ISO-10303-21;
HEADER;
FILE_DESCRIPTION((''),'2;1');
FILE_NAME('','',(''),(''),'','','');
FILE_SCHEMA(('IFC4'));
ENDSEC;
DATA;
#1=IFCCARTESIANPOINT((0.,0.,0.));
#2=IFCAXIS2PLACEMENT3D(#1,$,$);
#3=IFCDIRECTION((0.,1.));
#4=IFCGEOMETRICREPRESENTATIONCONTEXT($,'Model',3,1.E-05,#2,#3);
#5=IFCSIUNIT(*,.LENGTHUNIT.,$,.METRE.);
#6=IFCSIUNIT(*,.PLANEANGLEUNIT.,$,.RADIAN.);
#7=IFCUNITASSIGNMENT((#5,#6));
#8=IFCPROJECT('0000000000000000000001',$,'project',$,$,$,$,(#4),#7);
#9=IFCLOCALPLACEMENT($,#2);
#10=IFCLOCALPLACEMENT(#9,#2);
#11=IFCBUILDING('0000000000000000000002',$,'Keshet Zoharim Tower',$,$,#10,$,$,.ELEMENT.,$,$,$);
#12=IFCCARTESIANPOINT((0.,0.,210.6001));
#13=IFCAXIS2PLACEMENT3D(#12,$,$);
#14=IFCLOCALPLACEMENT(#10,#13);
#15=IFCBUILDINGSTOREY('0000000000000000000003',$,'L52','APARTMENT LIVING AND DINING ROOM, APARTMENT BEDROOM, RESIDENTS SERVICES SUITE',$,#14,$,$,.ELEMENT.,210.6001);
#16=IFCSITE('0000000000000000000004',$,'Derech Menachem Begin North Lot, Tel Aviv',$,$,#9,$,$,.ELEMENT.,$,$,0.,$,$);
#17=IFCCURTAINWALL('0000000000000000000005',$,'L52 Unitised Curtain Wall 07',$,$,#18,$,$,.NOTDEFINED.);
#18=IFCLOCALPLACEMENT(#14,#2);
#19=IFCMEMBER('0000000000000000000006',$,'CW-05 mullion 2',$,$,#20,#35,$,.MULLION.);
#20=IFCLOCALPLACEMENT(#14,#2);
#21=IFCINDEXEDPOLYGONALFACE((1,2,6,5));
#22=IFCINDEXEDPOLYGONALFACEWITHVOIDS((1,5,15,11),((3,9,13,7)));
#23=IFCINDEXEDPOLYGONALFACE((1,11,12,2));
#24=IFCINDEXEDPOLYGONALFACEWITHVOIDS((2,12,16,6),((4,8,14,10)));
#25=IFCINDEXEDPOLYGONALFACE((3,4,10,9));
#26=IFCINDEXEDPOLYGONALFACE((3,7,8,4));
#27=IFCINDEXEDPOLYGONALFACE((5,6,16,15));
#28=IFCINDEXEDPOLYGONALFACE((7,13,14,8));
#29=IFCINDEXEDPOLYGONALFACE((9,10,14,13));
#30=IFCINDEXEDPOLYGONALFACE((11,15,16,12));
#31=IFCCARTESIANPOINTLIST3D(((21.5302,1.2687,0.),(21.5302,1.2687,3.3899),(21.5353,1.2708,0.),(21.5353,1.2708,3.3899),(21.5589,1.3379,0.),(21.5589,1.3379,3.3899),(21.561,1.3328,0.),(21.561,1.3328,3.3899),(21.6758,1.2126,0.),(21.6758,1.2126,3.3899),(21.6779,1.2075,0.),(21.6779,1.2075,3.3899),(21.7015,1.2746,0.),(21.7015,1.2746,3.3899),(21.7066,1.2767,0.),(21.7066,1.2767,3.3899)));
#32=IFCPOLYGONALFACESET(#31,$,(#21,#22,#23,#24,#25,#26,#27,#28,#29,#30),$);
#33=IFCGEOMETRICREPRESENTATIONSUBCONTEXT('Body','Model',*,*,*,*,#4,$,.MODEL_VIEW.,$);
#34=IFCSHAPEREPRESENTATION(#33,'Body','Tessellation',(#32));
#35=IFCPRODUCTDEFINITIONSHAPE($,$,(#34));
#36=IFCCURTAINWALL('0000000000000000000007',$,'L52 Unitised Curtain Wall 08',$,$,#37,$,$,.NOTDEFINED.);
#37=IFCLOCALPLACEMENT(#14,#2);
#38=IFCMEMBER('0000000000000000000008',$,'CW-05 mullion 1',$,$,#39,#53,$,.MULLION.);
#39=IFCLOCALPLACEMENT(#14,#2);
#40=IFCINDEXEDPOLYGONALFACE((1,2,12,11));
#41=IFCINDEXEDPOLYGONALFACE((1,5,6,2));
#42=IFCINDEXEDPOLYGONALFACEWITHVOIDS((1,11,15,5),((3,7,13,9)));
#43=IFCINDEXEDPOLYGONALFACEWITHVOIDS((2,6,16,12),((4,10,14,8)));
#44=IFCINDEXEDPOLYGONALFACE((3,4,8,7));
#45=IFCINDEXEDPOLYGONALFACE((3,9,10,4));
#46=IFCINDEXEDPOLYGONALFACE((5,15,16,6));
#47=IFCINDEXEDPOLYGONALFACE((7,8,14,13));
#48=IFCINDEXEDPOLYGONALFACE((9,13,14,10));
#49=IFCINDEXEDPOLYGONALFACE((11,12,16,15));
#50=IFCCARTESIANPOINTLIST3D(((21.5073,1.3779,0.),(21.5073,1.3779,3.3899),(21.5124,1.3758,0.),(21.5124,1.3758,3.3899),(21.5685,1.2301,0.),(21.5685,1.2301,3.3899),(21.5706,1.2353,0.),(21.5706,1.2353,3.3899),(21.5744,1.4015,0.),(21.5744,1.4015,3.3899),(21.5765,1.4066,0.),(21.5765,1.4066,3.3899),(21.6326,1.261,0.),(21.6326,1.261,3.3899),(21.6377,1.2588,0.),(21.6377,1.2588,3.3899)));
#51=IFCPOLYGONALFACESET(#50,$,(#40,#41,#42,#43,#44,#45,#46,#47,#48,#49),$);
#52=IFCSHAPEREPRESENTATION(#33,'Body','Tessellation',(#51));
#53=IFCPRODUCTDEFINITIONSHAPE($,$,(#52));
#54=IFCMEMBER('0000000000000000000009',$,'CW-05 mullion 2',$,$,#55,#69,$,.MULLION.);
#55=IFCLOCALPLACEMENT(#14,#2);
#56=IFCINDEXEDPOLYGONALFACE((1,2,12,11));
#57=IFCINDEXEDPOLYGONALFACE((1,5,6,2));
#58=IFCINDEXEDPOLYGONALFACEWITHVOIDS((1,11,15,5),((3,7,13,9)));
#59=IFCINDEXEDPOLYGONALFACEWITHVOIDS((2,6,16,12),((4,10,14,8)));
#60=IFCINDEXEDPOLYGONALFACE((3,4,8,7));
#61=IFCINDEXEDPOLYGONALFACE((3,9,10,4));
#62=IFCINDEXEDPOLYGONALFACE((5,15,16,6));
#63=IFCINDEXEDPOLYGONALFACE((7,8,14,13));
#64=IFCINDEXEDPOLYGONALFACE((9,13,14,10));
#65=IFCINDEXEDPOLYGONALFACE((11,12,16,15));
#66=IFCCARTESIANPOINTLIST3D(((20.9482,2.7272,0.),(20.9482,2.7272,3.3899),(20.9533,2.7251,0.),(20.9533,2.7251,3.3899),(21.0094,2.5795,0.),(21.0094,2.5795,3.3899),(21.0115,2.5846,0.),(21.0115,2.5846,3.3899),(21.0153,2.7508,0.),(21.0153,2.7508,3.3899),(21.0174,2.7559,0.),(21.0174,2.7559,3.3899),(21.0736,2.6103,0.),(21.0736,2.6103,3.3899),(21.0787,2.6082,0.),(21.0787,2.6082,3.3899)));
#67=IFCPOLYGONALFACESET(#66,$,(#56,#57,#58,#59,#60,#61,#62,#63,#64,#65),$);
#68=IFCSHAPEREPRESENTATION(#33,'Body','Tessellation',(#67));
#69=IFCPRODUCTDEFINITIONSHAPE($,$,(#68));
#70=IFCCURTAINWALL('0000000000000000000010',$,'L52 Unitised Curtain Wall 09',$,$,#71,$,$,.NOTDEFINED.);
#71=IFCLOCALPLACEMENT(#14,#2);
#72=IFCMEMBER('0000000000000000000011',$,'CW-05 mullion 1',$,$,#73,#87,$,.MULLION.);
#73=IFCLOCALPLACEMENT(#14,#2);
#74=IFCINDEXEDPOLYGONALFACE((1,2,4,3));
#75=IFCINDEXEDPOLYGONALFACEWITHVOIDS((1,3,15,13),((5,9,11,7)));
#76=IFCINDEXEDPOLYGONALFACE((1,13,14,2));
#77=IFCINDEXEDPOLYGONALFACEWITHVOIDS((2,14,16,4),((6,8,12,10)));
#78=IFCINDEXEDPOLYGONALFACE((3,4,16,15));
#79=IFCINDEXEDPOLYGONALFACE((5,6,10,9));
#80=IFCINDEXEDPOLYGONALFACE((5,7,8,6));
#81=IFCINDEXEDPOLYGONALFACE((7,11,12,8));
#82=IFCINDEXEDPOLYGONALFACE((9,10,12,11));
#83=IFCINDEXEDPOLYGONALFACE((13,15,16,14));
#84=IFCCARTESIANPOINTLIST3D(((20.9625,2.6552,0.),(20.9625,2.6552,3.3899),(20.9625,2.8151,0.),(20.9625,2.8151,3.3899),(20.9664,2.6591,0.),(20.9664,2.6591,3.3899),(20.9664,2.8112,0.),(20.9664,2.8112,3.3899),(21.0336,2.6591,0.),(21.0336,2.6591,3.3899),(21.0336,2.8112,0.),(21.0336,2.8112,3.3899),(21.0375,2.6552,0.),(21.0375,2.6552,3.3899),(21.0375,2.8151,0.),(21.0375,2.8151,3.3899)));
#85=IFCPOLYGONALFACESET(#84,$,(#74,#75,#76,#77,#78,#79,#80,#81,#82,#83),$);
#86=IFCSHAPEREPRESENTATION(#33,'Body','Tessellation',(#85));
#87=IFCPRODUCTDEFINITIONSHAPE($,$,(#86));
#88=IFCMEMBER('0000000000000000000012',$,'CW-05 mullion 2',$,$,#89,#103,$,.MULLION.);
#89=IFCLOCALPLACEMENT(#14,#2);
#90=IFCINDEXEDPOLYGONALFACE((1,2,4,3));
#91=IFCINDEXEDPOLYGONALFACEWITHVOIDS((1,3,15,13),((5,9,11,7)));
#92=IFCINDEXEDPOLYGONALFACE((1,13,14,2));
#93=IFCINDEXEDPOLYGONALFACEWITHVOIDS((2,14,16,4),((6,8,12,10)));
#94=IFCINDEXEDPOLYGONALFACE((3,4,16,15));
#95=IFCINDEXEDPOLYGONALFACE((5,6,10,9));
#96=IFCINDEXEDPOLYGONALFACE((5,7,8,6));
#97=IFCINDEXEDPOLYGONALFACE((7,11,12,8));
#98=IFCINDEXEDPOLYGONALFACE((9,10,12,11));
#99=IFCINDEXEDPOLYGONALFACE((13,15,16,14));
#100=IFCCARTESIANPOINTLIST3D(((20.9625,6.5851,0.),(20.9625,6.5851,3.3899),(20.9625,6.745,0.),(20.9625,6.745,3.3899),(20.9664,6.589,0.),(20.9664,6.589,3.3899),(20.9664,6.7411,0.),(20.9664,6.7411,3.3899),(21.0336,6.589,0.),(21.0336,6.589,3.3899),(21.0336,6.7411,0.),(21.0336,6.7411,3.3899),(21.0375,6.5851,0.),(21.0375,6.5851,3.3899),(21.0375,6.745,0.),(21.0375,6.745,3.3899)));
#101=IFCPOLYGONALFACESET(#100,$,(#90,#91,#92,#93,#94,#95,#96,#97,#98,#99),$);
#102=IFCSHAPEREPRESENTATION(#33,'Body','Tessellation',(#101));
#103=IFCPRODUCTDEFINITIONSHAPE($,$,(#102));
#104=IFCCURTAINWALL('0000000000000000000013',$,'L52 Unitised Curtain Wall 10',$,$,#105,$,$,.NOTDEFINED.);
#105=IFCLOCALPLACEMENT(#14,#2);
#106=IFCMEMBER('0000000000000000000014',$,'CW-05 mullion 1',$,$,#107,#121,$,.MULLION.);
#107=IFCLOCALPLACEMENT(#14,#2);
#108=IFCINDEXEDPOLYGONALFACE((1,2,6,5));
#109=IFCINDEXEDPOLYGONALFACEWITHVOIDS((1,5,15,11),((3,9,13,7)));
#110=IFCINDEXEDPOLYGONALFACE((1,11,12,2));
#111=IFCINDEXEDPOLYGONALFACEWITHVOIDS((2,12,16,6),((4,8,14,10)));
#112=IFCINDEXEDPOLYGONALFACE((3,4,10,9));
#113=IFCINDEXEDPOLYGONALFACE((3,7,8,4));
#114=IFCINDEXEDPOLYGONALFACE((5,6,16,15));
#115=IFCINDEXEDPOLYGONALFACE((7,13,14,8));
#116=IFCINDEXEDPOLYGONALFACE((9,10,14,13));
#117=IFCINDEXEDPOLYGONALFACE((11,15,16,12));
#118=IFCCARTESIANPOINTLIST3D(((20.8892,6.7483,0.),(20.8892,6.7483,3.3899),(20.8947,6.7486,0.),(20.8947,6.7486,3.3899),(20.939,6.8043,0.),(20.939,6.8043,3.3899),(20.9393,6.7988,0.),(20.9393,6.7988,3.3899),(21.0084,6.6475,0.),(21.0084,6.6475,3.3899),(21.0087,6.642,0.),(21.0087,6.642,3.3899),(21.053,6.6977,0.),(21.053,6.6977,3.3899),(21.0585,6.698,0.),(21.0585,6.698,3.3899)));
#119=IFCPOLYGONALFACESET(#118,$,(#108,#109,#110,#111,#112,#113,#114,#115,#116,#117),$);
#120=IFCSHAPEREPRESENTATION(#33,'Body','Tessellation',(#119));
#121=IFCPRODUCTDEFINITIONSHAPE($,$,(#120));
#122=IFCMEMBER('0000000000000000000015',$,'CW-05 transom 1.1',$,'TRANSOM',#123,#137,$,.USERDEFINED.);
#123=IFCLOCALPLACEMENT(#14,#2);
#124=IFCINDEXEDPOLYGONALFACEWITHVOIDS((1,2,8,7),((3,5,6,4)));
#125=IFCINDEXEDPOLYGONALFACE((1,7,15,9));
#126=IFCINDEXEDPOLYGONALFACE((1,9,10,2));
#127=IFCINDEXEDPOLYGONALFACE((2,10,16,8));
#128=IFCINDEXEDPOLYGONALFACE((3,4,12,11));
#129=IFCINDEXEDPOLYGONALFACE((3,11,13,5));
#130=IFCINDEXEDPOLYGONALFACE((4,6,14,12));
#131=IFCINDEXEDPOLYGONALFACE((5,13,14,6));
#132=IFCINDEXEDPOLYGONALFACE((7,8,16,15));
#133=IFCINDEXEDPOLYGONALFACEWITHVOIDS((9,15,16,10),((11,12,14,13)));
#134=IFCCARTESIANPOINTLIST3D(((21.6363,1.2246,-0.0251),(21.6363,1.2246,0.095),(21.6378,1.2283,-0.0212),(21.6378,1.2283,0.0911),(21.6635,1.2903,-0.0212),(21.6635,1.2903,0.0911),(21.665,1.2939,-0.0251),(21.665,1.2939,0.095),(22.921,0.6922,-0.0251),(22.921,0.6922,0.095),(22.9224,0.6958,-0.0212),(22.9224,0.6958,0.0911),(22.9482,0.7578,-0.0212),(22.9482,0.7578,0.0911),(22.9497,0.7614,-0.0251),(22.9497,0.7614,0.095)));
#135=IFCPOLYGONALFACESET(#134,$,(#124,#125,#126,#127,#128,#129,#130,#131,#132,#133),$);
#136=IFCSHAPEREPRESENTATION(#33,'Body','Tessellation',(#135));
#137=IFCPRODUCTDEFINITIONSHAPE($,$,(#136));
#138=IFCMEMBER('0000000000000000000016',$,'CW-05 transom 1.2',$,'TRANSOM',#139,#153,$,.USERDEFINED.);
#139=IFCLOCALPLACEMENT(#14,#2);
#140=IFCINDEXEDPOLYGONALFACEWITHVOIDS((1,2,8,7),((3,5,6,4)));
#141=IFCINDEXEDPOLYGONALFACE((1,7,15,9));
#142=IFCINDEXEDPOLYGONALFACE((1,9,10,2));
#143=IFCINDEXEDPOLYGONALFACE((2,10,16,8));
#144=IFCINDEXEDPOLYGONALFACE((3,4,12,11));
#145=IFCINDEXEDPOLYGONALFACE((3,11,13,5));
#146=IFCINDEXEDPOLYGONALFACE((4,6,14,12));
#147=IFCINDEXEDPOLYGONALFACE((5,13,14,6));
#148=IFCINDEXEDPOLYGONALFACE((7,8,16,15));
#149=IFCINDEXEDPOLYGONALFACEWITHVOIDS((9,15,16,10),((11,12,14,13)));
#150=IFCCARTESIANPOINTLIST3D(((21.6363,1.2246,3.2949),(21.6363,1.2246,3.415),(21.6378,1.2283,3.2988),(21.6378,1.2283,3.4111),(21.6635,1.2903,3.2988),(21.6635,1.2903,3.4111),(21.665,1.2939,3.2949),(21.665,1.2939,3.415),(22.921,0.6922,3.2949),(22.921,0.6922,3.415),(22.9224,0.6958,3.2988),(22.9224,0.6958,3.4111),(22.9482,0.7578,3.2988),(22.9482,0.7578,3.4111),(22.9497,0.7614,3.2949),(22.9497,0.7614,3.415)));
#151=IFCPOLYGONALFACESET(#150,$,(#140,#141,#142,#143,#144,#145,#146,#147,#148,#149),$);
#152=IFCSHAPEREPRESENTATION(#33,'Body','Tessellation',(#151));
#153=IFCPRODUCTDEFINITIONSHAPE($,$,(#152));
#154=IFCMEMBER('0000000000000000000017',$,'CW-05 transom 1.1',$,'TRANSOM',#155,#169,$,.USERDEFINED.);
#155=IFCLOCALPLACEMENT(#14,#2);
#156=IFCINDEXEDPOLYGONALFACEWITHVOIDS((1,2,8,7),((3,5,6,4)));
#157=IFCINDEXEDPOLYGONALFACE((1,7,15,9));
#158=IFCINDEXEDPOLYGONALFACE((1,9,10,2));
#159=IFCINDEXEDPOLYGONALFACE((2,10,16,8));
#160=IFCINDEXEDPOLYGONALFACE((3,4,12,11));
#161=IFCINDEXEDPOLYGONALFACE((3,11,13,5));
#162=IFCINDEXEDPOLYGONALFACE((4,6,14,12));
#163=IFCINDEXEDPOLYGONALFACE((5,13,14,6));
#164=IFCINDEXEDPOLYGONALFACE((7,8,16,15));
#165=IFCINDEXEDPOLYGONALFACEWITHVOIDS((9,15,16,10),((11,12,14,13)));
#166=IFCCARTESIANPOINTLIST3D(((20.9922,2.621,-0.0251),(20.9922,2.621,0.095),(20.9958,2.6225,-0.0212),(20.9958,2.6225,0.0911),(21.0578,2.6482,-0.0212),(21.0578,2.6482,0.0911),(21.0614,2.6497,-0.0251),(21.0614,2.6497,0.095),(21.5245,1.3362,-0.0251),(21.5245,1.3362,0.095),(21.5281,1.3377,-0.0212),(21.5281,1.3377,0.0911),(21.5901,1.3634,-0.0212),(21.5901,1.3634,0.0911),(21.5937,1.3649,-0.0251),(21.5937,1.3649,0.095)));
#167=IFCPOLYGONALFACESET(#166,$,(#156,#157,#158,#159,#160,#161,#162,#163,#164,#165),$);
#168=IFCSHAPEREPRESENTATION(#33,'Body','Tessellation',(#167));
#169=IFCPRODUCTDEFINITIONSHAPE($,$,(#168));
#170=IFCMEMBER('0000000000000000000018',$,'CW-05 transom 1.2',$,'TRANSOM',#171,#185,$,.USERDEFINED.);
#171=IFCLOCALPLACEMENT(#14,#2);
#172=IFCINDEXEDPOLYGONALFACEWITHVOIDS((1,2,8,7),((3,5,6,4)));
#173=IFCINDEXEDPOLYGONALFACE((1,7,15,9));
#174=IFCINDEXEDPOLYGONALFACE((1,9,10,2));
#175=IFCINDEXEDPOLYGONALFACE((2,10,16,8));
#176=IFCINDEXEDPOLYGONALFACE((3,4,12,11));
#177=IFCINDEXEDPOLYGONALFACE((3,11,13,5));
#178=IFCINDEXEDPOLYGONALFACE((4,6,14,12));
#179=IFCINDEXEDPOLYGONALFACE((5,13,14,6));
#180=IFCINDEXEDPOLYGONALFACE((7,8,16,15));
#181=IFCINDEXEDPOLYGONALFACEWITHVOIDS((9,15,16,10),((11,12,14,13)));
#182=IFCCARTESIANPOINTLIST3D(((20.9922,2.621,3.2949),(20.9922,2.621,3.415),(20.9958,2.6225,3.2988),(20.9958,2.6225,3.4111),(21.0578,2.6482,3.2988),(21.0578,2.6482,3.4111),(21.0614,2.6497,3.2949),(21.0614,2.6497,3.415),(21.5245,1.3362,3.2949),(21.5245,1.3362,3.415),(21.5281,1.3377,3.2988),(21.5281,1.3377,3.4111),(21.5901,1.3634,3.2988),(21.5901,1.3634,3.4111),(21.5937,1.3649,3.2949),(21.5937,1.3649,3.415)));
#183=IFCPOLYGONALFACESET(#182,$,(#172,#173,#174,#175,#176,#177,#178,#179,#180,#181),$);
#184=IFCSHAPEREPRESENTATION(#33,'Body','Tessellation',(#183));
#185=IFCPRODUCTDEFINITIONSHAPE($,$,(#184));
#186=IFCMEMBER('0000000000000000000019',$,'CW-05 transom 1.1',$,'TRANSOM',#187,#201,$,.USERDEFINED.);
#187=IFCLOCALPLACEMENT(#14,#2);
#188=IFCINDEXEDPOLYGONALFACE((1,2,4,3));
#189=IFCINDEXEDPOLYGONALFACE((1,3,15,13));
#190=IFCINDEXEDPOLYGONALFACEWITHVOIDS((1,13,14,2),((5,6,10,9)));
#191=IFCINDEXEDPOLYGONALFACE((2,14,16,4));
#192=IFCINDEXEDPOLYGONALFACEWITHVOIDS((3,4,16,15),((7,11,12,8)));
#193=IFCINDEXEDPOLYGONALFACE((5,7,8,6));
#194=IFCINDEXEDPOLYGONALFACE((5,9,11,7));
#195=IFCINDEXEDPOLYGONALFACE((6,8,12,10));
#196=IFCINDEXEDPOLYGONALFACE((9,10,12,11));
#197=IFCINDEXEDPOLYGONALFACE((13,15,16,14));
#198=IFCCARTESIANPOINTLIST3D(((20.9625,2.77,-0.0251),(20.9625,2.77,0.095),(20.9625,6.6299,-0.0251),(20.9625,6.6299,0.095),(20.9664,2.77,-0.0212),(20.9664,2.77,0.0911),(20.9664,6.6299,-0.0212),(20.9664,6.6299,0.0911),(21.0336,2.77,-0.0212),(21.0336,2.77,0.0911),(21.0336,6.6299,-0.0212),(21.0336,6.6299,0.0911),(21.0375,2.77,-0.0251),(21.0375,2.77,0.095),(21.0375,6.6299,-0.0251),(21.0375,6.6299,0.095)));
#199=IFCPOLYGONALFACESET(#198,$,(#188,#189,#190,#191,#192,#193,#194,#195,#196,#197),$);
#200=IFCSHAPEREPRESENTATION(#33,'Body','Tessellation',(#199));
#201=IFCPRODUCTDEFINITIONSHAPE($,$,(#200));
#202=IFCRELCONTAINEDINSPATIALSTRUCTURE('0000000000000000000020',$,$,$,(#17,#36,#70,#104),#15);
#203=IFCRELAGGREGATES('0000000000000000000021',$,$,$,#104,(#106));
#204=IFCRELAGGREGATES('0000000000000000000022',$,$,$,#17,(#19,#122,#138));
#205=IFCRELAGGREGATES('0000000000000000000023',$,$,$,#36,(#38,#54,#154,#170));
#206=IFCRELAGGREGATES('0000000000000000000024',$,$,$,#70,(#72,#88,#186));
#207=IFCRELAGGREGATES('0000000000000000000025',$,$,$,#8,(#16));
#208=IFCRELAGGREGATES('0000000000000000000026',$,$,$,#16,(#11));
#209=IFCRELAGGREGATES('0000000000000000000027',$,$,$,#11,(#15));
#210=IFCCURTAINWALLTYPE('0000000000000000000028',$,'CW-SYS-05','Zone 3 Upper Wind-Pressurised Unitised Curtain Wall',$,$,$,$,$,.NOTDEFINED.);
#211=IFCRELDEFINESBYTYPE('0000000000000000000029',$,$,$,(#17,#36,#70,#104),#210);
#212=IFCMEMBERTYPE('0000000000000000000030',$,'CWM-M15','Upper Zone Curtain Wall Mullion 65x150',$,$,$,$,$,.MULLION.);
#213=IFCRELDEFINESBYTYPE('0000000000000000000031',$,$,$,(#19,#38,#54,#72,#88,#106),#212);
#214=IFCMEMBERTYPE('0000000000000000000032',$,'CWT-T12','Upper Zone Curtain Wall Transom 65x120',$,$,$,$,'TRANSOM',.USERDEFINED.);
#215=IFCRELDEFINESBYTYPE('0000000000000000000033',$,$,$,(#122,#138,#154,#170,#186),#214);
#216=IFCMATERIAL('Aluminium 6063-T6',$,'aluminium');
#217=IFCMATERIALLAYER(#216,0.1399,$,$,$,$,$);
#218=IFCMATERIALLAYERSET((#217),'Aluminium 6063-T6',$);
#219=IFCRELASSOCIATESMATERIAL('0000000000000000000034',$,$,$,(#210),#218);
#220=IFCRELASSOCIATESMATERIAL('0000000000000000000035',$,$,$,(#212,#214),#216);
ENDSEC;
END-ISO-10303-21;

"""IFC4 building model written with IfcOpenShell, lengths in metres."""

from ifc_helpers import new_model, si_unit, direction, frame, origin, origin_2d, place, context, subcontext, project, spatial, hollow_rectangle, extrude, material, layer, layer_set, material_profile, profile_set, type_object, element, aggregate, save


model = new_model("IFC4")

# Units and contexts
model_context = context("Model", 3, precision=1e-05, world=origin(), true_north=direction((0.0, 1.0)))
body_context = subcontext(model_context, "Body", "Model", "MODEL_VIEW")
ifc_project = project(units=[si_unit("LENGTHUNIT", "METRE"), si_unit("PLANEANGLEUNIT", "RADIAN")], contexts=[model_context])

# Site, building, storey
site_placement = place(None, origin())
site = spatial("IfcSite", under=ifc_project, at=site_placement, Name="Derech Menachem Begin North Lot, Tel Aviv", CompositionType="ELEMENT", RefElevation=0.0)
building_placement = place(site_placement, origin())
building = spatial("IfcBuilding", under=site, at=building_placement, Name="Keshet Zoharim Tower", CompositionType="ELEMENT")
storey_placement = place(building_placement, frame((0.0, 0.0, 210.6001)))
storey = spatial("IfcBuildingStorey", under=building, at=storey_placement, Name="L52", Description="APARTMENT LIVING AND DINING ROOM, APARTMENT BEDROOM, RESIDENTS SERVICES SUITE", CompositionType="ELEMENT", Elevation=210.6001)

# Shared definitions
ifc_material_1 = material(Name="Aluminium 6063-T6", Category="aluminium")
ifc_layer_1 = layer(ifc_material_1, 0.1399)
ifc_layer_set_1 = layer_set([ifc_layer_1], Name="Aluminium 6063-T6")
curtain_wall_type = type_object("IfcCurtainWallType", Name="CW-SYS-05", Description="Zone 3 Upper Wind-Pressurised Unitised Curtain Wall", PredefinedType="NOTDEFINED", material=ifc_layer_set_1)
ifc_material_profile_1 = material_profile(ifc_material_1, hollow_rectangle(XDim=0.075, YDim=0.1599, WallThickness=0.0039, at=origin_2d()), Name="MUL-75x160")
ifc_profile_set_1 = profile_set([ifc_material_profile_1], Name="Aluminium 6063-T6")
member_type_1 = type_object("IfcMemberType", Name="CWM-M15", Description="Upper Zone Curtain Wall Mullion 65x150", PredefinedType="MULLION", material=ifc_profile_set_1)

# Curtain walls, members
curtain_wall_1_placement = place(storey_placement, origin())
curtain_wall_1 = element("IfcCurtainWall", 1, at=curtain_wall_1_placement, inside=storey, type_object=curtain_wall_type, Name="L52 Unitised Curtain Wall 07", PredefinedType="NOTDEFINED")
member_1_placement = place(storey_placement, frame((21.6184, 1.2727, 0.0), z_axis=(0.0, 0.0, 1.0), x_axis=(-0.382852, -0.92381, 0.0)))
member_1 = element("IfcMember", 2, at=member_1_placement, type_object=member_type_1, Name="CW-05 mullion 2", PredefinedType="MULLION", context=body_context, shape_type="SweptSolid", body=[
    extrude(hollow_rectangle(XDim=0.075, YDim=0.1599, WallThickness=0.0039, at=origin_2d()), origin(), (0.0, 0.0, 1.0), 3.3899),
])
curtain_wall_2_placement = place(storey_placement, origin())
curtain_wall_2 = element("IfcCurtainWall", 3, at=curtain_wall_2_placement, inside=storey, type_object=curtain_wall_type, Name="L52 Unitised Curtain Wall 08", PredefinedType="NOTDEFINED")
member_2_placement = place(storey_placement, frame((21.5725, 1.3184, 0.0), z_axis=(0.0, 0.0, 1.0), x_axis=(-0.92381, -0.382852, 0.0)))
member_2 = element("IfcMember", 4, at=member_2_placement, type_object=member_type_1, Name="CW-05 mullion 1", PredefinedType="MULLION", context=body_context, shape_type="SweptSolid", body=[
    extrude(hollow_rectangle(XDim=0.075, YDim=0.1599, WallThickness=0.0039, at=origin_2d()), origin(), (0.0, 0.0, 1.0), 3.3899),
])
member_3_placement = place(storey_placement, frame((21.0134, 2.6677, 0.0), z_axis=(0.0, 0.0, 1.0), x_axis=(-0.92381, -0.382852, 0.0)))
member_3 = element("IfcMember", 5, at=member_3_placement, type_object=member_type_1, Name="CW-05 mullion 2", PredefinedType="MULLION", context=body_context, shape_type="SweptSolid", body=[
    extrude(hollow_rectangle(XDim=0.075, YDim=0.1599, WallThickness=0.0039, at=origin_2d()), origin(), (0.0, 0.0, 1.0), 3.3899),
])
curtain_wall_3_placement = place(storey_placement, origin())
curtain_wall_3 = element("IfcCurtainWall", 6, at=curtain_wall_3_placement, inside=storey, type_object=curtain_wall_type, Name="L52 Unitised Curtain Wall 09", PredefinedType="NOTDEFINED")
member_4_placement = place(storey_placement, frame((21.0, 2.7351, 0.0), z_axis=(0.0, 0.0, 1.0), x_axis=(-1.0, 0.0, 0.0)))
member_4 = element("IfcMember", 7, at=member_4_placement, type_object=member_type_1, Name="CW-05 mullion 1", PredefinedType="MULLION", context=body_context, shape_type="SweptSolid", body=[
    extrude(hollow_rectangle(XDim=0.075, YDim=0.1599, WallThickness=0.0039, at=origin_2d()), origin(), (0.0, 0.0, 1.0), 3.3899),
])
member_5_placement = place(storey_placement, frame((21.0, 6.665, 0.0), z_axis=(0.0, 0.0, 1.0), x_axis=(-1.0, 0.0, 0.0)))
member_5 = element("IfcMember", 8, at=member_5_placement, type_object=member_type_1, Name="CW-05 mullion 2", PredefinedType="MULLION", context=body_context, shape_type="SweptSolid", body=[
    extrude(hollow_rectangle(XDim=0.075, YDim=0.1599, WallThickness=0.0039, at=origin_2d()), origin(), (0.0, 0.0, 1.0), 3.3899),
])

# Curtain wall, member
curtain_wall_4_placement = place(storey_placement, origin())
curtain_wall_4 = element("IfcCurtainWall", 9, at=curtain_wall_4_placement, inside=storey, type_object=curtain_wall_type, Name="L52 Unitised Curtain Wall 10", PredefinedType="NOTDEFINED")
member_6_placement = place(storey_placement, frame((20.9739, 6.7231, 0.0), z_axis=(0.0, 0.0, 1.0), x_axis=(-0.664368, -0.747406, 0.0)))
member_6 = element("IfcMember", 10, at=member_6_placement, type_object=member_type_1, Name="CW-05 mullion 1", PredefinedType="MULLION", context=body_context, shape_type="SweptSolid", body=[
    extrude(hollow_rectangle(XDim=0.075, YDim=0.1599, WallThickness=0.0039, at=origin_2d()), origin(), (0.0, 0.0, 1.0), 3.3899),
])

# Members
ifc_material_profile_2 = material_profile(ifc_material_1, hollow_rectangle(XDim=0.075, YDim=0.1201, WallThickness=0.0039, at=origin_2d()), Name="TRN-75x120")
ifc_profile_set_2 = profile_set([ifc_material_profile_2], Name="Aluminium 6063-T6")
member_type_2 = type_object("IfcMemberType", Name="CWT-T12", Description="Upper Zone Curtain Wall Transom 65x120", ElementType="TRANSOM", PredefinedType="USERDEFINED", material=ifc_profile_set_2)
member_7_placement = place(storey_placement, frame((22.9353, 0.7268, 0.0349), z_axis=(-0.923792, 0.382894, 0.0), x_axis=(-0.382894, -0.923792, 0.0)))
member_7 = element("IfcMember", 11, at=member_7_placement, type_object=member_type_2, Name="CW-05 transom 1.1", ObjectType="TRANSOM", PredefinedType="USERDEFINED", context=body_context, shape_type="SweptSolid", body=[
    extrude(hollow_rectangle(XDim=0.075, YDim=0.1201, WallThickness=0.0039, at=origin_2d()), origin(), (0.0, 0.0, 1.0), 1.3906),
])
member_8_placement = place(storey_placement, frame((22.9353, 0.7268, 3.355), z_axis=(-0.923792, 0.382894, 0.0), x_axis=(-0.382894, -0.923792, 0.0)))
member_8 = element("IfcMember", 12, at=member_8_placement, type_object=member_type_2, Name="CW-05 transom 1.2", ObjectType="TRANSOM", PredefinedType="USERDEFINED", context=body_context, shape_type="SweptSolid", body=[
    extrude(hollow_rectangle(XDim=0.075, YDim=0.1201, WallThickness=0.0039, at=origin_2d()), origin(), (0.0, 0.0, 1.0), 1.3906),
])
member_9_placement = place(storey_placement, frame((21.5591, 1.3506, 0.0349), z_axis=(-0.382745, 0.923854, 0.0), x_axis=(-0.923854, -0.382745, 0.0)))
member_9 = element("IfcMember", 13, at=member_9_placement, type_object=member_type_2, Name="CW-05 transom 1.1", ObjectType="TRANSOM", PredefinedType="USERDEFINED", context=body_context, shape_type="SweptSolid", body=[
    extrude(hollow_rectangle(XDim=0.075, YDim=0.1201, WallThickness=0.0039, at=origin_2d()), origin(), (0.0, 0.0, 1.0), 1.3906),
])
member_10_placement = place(storey_placement, frame((21.5591, 1.3506, 3.355), z_axis=(-0.382745, 0.923854, 0.0), x_axis=(-0.923854, -0.382745, 0.0)))
member_10 = element("IfcMember", 14, at=member_10_placement, type_object=member_type_2, Name="CW-05 transom 1.2", ObjectType="TRANSOM", PredefinedType="USERDEFINED", context=body_context, shape_type="SweptSolid", body=[
    extrude(hollow_rectangle(XDim=0.075, YDim=0.1201, WallThickness=0.0039, at=origin_2d()), origin(), (0.0, 0.0, 1.0), 1.3906),
])
member_11_placement = place(storey_placement, frame((21.0, 2.77, 0.0349), z_axis=(0.0, 1.0, 0.0), x_axis=(-1.0, 0.0, 0.0)))
member_11 = element("IfcMember", 15, at=member_11_placement, type_object=member_type_2, Name="CW-05 transom 1.1", ObjectType="TRANSOM", PredefinedType="USERDEFINED", context=body_context, shape_type="SweptSolid", body=[
    extrude(hollow_rectangle(XDim=0.075, YDim=0.1201, WallThickness=0.0039, at=origin_2d()), origin(), (0.0, 0.0, 1.0), 3.8599),
])
aggregate(curtain_wall_4, [member_6])

aggregate(curtain_wall_1, [member_1, member_7, member_8])
aggregate(curtain_wall_2, [member_2, member_3, member_9, member_10])
aggregate(curtain_wall_3, [member_4, member_5, member_11])

save(model, "model.ifc")
